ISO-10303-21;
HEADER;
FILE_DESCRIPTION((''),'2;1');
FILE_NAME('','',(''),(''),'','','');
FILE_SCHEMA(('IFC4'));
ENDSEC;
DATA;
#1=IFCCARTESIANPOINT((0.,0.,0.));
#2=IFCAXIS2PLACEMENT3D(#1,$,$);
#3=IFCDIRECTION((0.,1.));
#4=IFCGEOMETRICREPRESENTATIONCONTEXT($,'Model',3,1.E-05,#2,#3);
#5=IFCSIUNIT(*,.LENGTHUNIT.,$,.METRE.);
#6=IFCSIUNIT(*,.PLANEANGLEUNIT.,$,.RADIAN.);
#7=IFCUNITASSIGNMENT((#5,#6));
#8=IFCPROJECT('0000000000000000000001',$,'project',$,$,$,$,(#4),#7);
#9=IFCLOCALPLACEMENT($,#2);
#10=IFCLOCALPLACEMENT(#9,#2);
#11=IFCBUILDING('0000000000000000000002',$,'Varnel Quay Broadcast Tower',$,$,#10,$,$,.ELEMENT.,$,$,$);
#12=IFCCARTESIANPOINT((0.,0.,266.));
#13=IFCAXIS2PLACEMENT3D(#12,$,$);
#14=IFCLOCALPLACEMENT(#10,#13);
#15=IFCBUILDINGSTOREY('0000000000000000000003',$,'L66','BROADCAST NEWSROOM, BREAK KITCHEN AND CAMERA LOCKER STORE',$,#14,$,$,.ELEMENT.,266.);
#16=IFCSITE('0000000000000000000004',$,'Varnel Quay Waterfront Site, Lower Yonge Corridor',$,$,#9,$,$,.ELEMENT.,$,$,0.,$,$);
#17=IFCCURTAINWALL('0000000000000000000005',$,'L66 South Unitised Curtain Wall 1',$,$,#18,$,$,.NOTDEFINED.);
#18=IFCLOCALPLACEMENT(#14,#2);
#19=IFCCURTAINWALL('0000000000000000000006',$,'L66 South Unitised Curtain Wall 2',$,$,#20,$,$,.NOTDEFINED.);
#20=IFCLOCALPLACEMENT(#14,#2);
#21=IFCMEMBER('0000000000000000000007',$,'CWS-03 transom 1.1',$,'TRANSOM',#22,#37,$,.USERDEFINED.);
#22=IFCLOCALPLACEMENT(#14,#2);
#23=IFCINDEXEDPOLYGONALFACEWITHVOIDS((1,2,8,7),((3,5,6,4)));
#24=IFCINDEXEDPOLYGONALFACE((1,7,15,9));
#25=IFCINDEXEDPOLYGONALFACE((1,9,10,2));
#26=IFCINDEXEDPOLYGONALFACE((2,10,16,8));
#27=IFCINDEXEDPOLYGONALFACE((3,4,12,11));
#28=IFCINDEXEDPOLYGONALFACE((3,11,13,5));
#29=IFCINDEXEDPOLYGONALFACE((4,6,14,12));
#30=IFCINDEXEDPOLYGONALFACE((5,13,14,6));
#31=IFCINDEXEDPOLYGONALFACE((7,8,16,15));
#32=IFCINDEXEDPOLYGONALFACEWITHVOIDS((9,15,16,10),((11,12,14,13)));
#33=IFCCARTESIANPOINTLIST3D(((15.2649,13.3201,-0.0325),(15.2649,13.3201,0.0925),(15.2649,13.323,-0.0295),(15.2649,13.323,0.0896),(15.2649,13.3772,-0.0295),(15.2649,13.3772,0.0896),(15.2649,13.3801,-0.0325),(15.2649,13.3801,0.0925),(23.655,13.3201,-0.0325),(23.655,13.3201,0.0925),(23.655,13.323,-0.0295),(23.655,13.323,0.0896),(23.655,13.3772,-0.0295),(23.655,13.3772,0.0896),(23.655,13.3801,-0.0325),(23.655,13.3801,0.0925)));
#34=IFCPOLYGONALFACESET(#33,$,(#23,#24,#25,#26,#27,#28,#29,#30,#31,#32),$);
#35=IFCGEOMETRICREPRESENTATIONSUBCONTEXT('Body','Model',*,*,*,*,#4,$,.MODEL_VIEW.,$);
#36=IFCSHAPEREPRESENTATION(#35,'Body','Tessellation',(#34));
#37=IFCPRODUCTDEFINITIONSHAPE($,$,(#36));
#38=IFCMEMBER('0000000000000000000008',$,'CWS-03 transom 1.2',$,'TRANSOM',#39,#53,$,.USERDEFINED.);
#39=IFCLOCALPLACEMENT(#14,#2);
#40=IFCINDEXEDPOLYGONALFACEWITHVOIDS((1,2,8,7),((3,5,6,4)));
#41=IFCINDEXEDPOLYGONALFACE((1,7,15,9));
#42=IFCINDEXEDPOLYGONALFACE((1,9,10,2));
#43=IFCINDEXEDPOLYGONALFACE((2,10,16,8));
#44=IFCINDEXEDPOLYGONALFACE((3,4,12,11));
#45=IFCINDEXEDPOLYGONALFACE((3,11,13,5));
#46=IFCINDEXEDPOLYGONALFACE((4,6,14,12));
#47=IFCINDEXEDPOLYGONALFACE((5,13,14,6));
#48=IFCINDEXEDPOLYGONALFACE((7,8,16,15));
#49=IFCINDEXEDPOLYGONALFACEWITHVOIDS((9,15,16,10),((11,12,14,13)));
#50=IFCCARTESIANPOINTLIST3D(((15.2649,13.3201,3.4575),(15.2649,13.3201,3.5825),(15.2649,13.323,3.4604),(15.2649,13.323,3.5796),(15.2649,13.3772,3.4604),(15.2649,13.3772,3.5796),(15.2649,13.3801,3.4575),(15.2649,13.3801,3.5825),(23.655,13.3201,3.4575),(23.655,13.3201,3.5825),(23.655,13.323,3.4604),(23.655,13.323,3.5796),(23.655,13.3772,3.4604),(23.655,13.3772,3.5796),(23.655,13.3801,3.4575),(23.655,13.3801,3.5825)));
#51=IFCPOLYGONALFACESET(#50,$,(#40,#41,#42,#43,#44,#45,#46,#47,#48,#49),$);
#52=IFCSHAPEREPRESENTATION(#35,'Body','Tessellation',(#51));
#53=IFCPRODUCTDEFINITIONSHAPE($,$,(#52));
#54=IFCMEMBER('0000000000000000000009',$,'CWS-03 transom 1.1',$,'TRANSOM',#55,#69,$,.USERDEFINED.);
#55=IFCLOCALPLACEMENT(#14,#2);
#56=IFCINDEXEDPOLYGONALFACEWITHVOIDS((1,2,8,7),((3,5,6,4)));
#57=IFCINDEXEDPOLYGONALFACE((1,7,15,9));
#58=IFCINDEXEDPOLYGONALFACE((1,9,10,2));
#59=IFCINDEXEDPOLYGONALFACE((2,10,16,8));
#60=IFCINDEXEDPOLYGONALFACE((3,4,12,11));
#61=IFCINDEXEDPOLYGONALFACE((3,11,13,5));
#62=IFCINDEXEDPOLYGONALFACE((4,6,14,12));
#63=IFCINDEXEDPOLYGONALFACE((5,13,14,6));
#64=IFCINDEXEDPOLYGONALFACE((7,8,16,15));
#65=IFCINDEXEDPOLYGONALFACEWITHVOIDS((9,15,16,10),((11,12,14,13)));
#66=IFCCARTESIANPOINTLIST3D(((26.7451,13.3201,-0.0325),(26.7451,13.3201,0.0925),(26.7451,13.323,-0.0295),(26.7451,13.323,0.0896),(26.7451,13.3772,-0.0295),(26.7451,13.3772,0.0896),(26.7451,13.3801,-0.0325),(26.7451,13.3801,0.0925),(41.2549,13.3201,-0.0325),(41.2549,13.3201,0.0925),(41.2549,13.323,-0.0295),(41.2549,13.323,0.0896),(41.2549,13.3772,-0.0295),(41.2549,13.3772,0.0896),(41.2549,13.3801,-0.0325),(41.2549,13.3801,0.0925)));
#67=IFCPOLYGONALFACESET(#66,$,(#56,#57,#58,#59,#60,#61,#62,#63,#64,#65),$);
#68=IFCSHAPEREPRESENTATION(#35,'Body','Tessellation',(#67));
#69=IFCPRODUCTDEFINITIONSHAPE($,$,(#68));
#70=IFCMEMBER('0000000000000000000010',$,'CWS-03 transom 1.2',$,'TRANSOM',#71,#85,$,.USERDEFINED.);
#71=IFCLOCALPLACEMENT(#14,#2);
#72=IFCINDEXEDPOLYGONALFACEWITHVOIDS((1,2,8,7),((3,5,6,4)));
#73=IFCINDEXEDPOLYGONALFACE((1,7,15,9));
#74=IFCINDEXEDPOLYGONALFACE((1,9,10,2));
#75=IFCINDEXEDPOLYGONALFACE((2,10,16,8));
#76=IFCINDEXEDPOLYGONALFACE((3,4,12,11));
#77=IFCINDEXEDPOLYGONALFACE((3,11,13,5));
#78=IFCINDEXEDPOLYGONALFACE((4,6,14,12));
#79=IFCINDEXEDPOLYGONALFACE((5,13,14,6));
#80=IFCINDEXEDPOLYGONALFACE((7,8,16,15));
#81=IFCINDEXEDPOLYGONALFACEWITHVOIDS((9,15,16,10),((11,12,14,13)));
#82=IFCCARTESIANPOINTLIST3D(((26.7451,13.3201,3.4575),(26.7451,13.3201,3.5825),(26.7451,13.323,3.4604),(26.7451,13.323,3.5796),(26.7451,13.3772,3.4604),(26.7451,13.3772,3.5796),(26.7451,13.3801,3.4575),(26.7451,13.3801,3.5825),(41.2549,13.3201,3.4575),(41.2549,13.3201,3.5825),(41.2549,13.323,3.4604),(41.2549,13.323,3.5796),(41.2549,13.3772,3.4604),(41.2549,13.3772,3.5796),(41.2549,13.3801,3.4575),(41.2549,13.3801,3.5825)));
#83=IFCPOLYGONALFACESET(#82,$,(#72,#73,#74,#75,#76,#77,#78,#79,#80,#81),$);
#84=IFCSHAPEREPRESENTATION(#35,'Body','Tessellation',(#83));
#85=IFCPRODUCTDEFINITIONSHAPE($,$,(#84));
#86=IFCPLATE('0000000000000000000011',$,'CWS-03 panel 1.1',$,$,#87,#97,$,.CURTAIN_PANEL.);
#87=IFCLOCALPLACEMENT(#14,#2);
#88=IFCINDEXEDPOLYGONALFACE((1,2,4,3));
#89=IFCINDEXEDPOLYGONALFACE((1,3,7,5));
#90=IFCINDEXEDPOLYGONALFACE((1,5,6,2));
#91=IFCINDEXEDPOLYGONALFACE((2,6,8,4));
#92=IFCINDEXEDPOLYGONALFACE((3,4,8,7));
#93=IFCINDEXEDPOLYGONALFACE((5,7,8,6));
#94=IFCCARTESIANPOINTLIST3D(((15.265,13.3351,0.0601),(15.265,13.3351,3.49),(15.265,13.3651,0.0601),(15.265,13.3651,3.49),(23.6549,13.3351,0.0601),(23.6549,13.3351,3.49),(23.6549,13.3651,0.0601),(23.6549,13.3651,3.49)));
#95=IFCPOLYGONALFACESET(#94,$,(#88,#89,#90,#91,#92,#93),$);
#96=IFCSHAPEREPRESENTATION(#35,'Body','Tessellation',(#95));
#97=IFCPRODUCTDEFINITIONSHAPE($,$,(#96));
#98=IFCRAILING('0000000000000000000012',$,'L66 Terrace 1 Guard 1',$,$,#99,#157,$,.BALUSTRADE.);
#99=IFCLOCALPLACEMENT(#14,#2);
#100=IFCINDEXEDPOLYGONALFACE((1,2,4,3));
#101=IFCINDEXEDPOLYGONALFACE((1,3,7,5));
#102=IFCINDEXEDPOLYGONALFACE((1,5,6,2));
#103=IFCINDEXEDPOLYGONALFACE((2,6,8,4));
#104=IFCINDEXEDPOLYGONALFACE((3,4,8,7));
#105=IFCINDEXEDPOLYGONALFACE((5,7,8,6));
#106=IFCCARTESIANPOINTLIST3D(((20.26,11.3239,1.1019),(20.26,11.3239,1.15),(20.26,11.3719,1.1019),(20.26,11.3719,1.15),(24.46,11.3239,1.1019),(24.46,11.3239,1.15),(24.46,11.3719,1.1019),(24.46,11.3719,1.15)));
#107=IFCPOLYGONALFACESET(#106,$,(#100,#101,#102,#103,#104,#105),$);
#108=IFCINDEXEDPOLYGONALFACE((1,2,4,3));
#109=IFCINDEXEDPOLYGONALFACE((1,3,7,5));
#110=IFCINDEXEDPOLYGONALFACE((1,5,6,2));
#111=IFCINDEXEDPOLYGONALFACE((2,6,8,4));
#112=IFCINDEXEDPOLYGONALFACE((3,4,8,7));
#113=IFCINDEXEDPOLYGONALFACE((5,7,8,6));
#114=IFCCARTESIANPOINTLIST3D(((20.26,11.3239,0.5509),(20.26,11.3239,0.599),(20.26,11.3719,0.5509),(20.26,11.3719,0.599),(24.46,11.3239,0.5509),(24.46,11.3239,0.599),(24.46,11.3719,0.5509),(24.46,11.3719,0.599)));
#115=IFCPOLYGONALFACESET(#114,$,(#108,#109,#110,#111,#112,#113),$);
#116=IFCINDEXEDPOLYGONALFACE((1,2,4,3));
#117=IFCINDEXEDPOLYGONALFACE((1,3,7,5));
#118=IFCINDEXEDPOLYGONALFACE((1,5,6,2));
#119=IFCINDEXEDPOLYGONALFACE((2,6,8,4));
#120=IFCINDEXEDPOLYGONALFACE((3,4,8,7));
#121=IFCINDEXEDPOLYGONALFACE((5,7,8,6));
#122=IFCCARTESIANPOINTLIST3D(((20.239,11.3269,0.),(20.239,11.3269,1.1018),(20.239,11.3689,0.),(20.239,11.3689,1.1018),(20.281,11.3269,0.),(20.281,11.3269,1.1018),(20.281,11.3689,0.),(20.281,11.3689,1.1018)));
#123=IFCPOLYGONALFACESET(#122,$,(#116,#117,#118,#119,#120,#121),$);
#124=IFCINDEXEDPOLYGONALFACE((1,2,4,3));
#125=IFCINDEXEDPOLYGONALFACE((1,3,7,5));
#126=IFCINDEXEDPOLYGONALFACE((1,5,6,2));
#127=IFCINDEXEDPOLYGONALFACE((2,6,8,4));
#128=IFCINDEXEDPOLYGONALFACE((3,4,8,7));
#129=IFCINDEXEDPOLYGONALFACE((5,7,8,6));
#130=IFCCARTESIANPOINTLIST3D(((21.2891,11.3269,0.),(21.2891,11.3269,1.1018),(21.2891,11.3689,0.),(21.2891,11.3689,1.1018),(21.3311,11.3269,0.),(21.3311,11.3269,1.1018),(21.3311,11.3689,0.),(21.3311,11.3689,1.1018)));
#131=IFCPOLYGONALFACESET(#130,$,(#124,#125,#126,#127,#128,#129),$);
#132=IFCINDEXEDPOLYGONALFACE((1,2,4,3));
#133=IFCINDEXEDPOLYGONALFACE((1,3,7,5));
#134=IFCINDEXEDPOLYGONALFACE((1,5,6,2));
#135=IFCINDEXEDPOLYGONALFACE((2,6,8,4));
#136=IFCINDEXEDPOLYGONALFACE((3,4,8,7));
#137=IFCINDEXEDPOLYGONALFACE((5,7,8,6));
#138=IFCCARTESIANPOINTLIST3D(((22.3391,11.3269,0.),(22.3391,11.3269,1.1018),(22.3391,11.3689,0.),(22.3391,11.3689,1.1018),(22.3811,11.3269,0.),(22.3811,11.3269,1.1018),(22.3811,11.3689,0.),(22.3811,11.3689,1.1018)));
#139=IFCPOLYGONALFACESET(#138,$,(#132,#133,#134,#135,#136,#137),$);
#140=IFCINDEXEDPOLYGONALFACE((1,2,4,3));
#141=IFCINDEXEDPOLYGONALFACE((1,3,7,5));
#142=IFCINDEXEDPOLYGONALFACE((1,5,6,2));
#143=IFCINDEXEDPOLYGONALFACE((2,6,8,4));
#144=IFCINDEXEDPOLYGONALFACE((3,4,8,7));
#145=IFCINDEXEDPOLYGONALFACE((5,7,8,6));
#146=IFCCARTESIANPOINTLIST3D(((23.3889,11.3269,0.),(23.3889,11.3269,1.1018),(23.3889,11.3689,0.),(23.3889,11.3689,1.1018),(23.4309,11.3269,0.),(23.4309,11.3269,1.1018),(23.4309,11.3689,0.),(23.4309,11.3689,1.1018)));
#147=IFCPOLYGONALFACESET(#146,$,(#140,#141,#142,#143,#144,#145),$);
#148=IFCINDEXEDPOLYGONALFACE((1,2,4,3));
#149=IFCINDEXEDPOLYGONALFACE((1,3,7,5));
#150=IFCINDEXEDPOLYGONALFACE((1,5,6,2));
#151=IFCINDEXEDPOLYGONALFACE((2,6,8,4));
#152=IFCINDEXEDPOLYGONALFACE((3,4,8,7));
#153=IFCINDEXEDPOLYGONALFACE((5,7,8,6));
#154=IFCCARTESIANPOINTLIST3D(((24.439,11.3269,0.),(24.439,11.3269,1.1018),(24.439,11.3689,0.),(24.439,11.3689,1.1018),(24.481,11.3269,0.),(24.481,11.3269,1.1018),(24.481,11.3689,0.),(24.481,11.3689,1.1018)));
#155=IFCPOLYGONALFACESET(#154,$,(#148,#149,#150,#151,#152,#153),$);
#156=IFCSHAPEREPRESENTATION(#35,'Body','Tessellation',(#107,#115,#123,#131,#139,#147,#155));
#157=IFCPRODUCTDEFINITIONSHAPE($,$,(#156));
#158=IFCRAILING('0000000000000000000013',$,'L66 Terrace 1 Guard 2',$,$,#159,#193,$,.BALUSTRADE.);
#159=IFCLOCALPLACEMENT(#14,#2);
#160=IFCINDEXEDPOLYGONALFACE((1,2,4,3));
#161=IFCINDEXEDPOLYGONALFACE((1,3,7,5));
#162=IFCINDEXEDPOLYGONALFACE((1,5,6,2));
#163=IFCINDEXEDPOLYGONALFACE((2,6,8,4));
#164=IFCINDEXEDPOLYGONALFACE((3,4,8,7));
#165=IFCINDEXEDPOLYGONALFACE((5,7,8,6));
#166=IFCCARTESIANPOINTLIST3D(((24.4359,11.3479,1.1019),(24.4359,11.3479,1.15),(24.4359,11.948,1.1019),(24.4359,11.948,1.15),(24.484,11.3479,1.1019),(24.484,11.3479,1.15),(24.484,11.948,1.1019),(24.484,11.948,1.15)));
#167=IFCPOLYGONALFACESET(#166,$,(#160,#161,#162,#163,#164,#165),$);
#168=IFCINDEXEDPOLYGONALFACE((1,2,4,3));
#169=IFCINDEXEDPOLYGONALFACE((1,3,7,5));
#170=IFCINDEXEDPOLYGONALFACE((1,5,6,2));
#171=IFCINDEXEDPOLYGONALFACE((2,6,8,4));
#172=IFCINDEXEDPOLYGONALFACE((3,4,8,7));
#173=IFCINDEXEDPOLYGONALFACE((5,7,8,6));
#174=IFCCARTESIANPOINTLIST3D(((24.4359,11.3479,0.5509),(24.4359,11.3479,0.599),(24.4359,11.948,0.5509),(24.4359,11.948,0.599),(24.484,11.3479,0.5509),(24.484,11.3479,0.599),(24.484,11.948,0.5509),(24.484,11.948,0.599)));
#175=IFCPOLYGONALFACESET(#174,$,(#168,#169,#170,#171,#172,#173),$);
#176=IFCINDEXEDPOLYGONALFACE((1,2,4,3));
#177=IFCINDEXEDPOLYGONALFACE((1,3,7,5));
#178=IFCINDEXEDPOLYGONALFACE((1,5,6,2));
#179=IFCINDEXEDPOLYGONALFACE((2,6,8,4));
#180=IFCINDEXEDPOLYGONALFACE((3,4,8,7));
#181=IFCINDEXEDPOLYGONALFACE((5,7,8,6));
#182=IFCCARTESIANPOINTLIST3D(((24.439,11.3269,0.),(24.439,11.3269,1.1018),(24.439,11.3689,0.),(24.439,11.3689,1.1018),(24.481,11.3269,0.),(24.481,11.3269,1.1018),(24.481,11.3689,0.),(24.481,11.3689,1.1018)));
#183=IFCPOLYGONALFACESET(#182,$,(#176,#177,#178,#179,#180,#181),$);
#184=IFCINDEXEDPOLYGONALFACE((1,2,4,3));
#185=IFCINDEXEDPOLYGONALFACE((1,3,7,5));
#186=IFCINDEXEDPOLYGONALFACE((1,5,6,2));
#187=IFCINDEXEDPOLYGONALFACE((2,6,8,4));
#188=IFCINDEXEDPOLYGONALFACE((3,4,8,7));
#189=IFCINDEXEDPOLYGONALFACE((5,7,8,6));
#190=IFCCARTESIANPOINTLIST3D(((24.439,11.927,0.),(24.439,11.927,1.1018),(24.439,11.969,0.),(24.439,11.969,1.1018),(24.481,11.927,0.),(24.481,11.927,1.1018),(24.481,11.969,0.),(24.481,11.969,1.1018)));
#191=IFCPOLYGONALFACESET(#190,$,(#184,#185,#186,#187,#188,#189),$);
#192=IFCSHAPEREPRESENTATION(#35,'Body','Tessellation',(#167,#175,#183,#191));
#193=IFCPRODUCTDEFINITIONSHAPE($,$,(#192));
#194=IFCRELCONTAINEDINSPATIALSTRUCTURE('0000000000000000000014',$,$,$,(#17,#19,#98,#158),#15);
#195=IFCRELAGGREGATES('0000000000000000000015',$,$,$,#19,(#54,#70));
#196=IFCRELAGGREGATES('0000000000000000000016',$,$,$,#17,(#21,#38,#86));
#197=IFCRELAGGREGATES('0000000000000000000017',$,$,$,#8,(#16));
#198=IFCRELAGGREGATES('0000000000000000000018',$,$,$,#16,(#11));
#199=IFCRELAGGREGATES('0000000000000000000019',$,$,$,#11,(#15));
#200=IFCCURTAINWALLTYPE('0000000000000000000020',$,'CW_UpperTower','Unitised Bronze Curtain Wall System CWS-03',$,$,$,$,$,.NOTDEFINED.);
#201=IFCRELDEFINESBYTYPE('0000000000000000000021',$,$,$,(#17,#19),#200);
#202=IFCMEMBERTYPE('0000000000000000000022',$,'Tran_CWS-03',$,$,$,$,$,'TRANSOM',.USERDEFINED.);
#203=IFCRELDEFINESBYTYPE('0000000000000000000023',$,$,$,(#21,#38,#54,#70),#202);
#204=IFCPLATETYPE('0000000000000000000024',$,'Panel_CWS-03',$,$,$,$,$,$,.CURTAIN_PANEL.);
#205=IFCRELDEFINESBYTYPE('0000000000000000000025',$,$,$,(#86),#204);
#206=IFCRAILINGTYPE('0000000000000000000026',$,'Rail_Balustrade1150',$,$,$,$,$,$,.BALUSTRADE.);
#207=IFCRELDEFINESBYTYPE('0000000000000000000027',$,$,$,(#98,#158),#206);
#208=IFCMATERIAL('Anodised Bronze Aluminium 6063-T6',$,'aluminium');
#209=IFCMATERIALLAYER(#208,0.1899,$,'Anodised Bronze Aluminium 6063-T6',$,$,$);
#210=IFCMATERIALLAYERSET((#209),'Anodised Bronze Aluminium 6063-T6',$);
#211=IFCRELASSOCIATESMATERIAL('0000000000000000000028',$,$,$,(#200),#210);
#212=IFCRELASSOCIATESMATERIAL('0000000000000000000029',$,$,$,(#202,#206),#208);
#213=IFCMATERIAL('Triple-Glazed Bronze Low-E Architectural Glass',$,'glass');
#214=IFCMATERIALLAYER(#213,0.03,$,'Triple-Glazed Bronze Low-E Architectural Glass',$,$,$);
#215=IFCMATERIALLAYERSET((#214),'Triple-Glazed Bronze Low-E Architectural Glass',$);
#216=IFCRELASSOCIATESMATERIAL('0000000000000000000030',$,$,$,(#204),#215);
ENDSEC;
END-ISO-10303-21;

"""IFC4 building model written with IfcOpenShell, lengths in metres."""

from ifc_helpers import new_model, si_unit, direction, frame, origin, origin_2d, place, context, subcontext, project, spatial, rectangle, hollow_rectangle, extrude, source, transform, mapped, material, layer, layer_set, material_profile, profile_set, type_object, type_shapes, element, aggregate, save


model = new_model("IFC4")

# Units and contexts
model_context = context("Model", 3, precision=1e-05, world=origin(), true_north=direction((0.0, 1.0)))
body_context = subcontext(model_context, "Body", "Model", "MODEL_VIEW")
ifc_project = project(units=[si_unit("LENGTHUNIT", "METRE"), si_unit("PLANEANGLEUNIT", "RADIAN")], contexts=[model_context])

# Site, building, storey
site_placement = place(None, origin())
site = spatial("IfcSite", under=ifc_project, at=site_placement, Name="Varnel Quay Waterfront Site, Lower Yonge Corridor", CompositionType="ELEMENT", RefElevation=0.0)
building_placement = place(site_placement, origin())
building = spatial("IfcBuilding", under=site, at=building_placement, Name="Varnel Quay Broadcast Tower", CompositionType="ELEMENT")
storey_placement = place(building_placement, frame((0.0, 0.0, 266.0)))
storey = spatial("IfcBuildingStorey", under=building, at=storey_placement, Name="L66", Description="BROADCAST NEWSROOM, BREAK KITCHEN AND CAMERA LOCKER STORE", CompositionType="ELEMENT", Elevation=266.0)

# Shared definitions
ifc_material_1 = material(Name="Anodised Bronze Aluminium 6063-T6", Category="aluminium")

# Curtain wall
ifc_layer_1 = layer(ifc_material_1, 0.1899, Name="Anodised Bronze Aluminium 6063-T6")
ifc_layer_set_1 = layer_set([ifc_layer_1], Name="Anodised Bronze Aluminium 6063-T6")
curtain_wall_type_1 = type_object("IfcCurtainWallType", Name="CW_UpperTower", Description="Unitised Bronze Curtain Wall System CWS-03", PredefinedType="NOTDEFINED", material=ifc_layer_set_1)
curtain_wall_1_placement = place(storey_placement, origin())
curtain_wall_1 = element("IfcCurtainWall", 1, at=curtain_wall_1_placement, inside=storey, type_object=curtain_wall_type_1, Name="L66 South Unitised Curtain Wall 1", PredefinedType="NOTDEFINED")

# Curtain wall
curtain_wall_2_placement = place(storey_placement, origin())
curtain_wall_2 = element("IfcCurtainWall", 2, at=curtain_wall_2_placement, inside=storey, type_object=curtain_wall_type_1, Name="L66 South Unitised Curtain Wall 2", PredefinedType="NOTDEFINED")

# Members
ifc_material_profile_1 = material_profile(ifc_material_1, hollow_rectangle(XDim=0.0601, YDim=0.125, WallThickness=0.0029, at=origin_2d()), Name="ALU60X125X3")
ifc_profile_set_1 = profile_set([ifc_material_profile_1], Name="Anodised Bronze Aluminium 6063-T6")
member_type_1 = type_object("IfcMemberType", Name="Tran_CWS-03", ElementType="TRANSOM", PredefinedType="USERDEFINED", material=ifc_profile_set_1)
shared_shape_1 = source(origin(), body_context, "Body", "SweptSolid", [
    extrude(hollow_rectangle(XDim=0.0601, YDim=0.125, WallThickness=0.0029, at=origin_2d()), origin(), (0.0, 0.0, 1.0), 8.3901),
])
member_1_placement = place(storey_placement, frame((15.2649, 13.3501, 0.03), z_axis=(1.0, 0.0, 0.0), x_axis=(0.0, 1.0, 0.0)))
member_1 = element("IfcMember", 3, at=member_1_placement, type_object=member_type_1, Name="CWS-03 transom 1.1", ObjectType="TRANSOM", PredefinedType="USERDEFINED", context=body_context, shape_type="MappedRepresentation", body=[
    mapped(shared_shape_1, transform((0.0, 0.0, 0.0), x_axis=(1.0, 0.0, 0.0), y_axis=(0.0, 1.0, 0.0), z_axis=(0.0, 0.0, 1.0), scale=1.0)),
])
member_2_placement = place(storey_placement, frame((15.2649, 13.3501, 3.52), z_axis=(1.0, 0.0, 0.0), x_axis=(0.0, 1.0, 0.0)))
member_2 = element("IfcMember", 4, at=member_2_placement, type_object=member_type_1, Name="CWS-03 transom 1.2", ObjectType="TRANSOM", PredefinedType="USERDEFINED", context=body_context, shape_type="MappedRepresentation", body=[
    mapped(shared_shape_1, transform((0.0, 0.0, 0.0), x_axis=(1.0, 0.0, 0.0), y_axis=(0.0, 1.0, 0.0), z_axis=(0.0, 0.0, 1.0), scale=1.0)),
])
shared_shape_2 = source(origin(), body_context, "Body", "SweptSolid", [
    extrude(hollow_rectangle(XDim=0.0601, YDim=0.125, WallThickness=0.0029, at=origin_2d()), origin(), (0.0, 0.0, 1.0), 14.5098),
])
type_shapes(member_type_1, [shared_shape_1, shared_shape_2])
member_3_placement = place(storey_placement, frame((26.7451, 13.3501, 0.03), z_axis=(1.0, 0.0, 0.0), x_axis=(0.0, 1.0, 0.0)))
member_3 = element("IfcMember", 5, at=member_3_placement, type_object=member_type_1, Name="CWS-03 transom 1.1", ObjectType="TRANSOM", PredefinedType="USERDEFINED", context=body_context, shape_type="MappedRepresentation", body=[
    mapped(shared_shape_2, transform((0.0, 0.0, 0.0), x_axis=(1.0, 0.0, 0.0), y_axis=(0.0, 1.0, 0.0), z_axis=(0.0, 0.0, 1.0), scale=1.0)),
])
member_4_placement = place(storey_placement, frame((26.7451, 13.3501, 3.52), z_axis=(1.0, 0.0, 0.0), x_axis=(0.0, 1.0, 0.0)))
member_4 = element("IfcMember", 6, at=member_4_placement, type_object=member_type_1, Name="CWS-03 transom 1.2", ObjectType="TRANSOM", PredefinedType="USERDEFINED", context=body_context, shape_type="MappedRepresentation", body=[
    mapped(shared_shape_2, transform((0.0, 0.0, 0.0), x_axis=(1.0, 0.0, 0.0), y_axis=(0.0, 1.0, 0.0), z_axis=(0.0, 0.0, 1.0), scale=1.0)),
])
aggregate(curtain_wall_2, [member_3, member_4])

# Plate
ifc_material_2 = material(Name="Triple-Glazed Bronze Low-E Architectural Glass", Category="glass")
ifc_layer_2 = layer(ifc_material_2, 0.03, Name="Triple-Glazed Bronze Low-E Architectural Glass")
ifc_layer_set_2 = layer_set([ifc_layer_2], Name="Triple-Glazed Bronze Low-E Architectural Glass")
plate_type = type_object("IfcPlateType", Name="Panel_CWS-03", PredefinedType="CURTAIN_PANEL", material=ifc_layer_set_2)
shared_shape_3 = source(origin(), body_context, "Body", "SweptSolid", [
    extrude(rectangle(XDim=8.3899, YDim=0.03, at=origin_2d()), origin(), (0.0, 0.0, 1.0), 3.4299),
])
type_shapes(plate_type, [shared_shape_3])
plate_placement = place(storey_placement, frame((19.46, 13.3501, 0.0601), z_axis=(0.0, 0.0, 1.0), x_axis=(1.0, 0.0, 0.0)))
plate = element("IfcPlate", 7, at=plate_placement, type_object=plate_type, Name="CWS-03 panel 1.1", PredefinedType="CURTAIN_PANEL", context=body_context, shape_type="MappedRepresentation", body=[
    mapped(shared_shape_3, transform((0.0, 0.0, 0.0), x_axis=(1.0, 0.0, 0.0), y_axis=(0.0, 1.0, 0.0), z_axis=(0.0, 0.0, 1.0), scale=1.0)),
])
aggregate(curtain_wall_1, [member_1, member_2, plate])

# Railings
railing_type = type_object("IfcRailingType", Name="Rail_Balustrade1150", PredefinedType="BALUSTRADE", material=ifc_material_1)
railing_1_placement = place(storey_placement, frame((20.26, 11.3479, 0.0)))
element("IfcRailing", 8, at=railing_1_placement, inside=storey, type_object=railing_type, Name="L66 Terrace 1 Guard 1", PredefinedType="BALUSTRADE", context=body_context, shape_type="SweptSolid", body=[
    extrude(rectangle(XDim=0.0481, YDim=0.0481, at=origin_2d()), frame((0.0, 0.0, 1.126), z_axis=(1.0, 0.0, 0.0), x_axis=(0.0, 1.0, 0.0)), (0.0, 0.0, 1.0), 4.2),
    extrude(rectangle(XDim=0.0481, YDim=0.0481, at=origin_2d()), frame((0.0, 0.0, 0.575), z_axis=(1.0, 0.0, 0.0), x_axis=(0.0, 1.0, 0.0)), (0.0, 0.0, 1.0), 4.2),
    extrude(rectangle(XDim=0.042, YDim=0.042, at=origin_2d()), origin(), (0.0, 0.0, 1.0), 1.1018),
    extrude(rectangle(XDim=0.042, YDim=0.042, at=origin_2d()), frame((1.05, 0.0, 0.0)), (0.0, 0.0, 1.0), 1.1018),
    extrude(rectangle(XDim=0.042, YDim=0.042, at=origin_2d()), frame((2.1001, 0.0, 0.0)), (0.0, 0.0, 1.0), 1.1018),
    extrude(rectangle(XDim=0.042, YDim=0.042, at=origin_2d()), frame((3.1499, 0.0, 0.0)), (0.0, 0.0, 1.0), 1.1018),
    extrude(rectangle(XDim=0.042, YDim=0.042, at=origin_2d()), frame((4.2, 0.0, 0.0)), (0.0, 0.0, 1.0), 1.1018),
])
railing_2_placement = place(storey_placement, frame((24.46, 11.3479, 0.0)))
element("IfcRailing", 9, at=railing_2_placement, inside=storey, type_object=railing_type, Name="L66 Terrace 1 Guard 2", PredefinedType="BALUSTRADE", context=body_context, shape_type="SweptSolid", body=[
    extrude(rectangle(XDim=0.0481, YDim=0.0481, at=origin_2d()), frame((0.0, 0.0, 1.126), z_axis=(0.0, 1.0, 0.0), x_axis=(-1.0, 0.0, 0.0)), (0.0, 0.0, 1.0), 0.6001),
    extrude(rectangle(XDim=0.0481, YDim=0.0481, at=origin_2d()), frame((0.0, 0.0, 0.575), z_axis=(0.0, 1.0, 0.0), x_axis=(-1.0, 0.0, 0.0)), (0.0, 0.0, 1.0), 0.6001),
    extrude(rectangle(XDim=0.042, YDim=0.042, at=origin_2d()), origin(), (0.0, 0.0, 1.0), 1.1018),
    extrude(rectangle(XDim=0.042, YDim=0.042, at=origin_2d()), frame((0.0, 0.6001, 0.0)), (0.0, 0.0, 1.0), 1.1018),
])

save(model, "model.ifc")
